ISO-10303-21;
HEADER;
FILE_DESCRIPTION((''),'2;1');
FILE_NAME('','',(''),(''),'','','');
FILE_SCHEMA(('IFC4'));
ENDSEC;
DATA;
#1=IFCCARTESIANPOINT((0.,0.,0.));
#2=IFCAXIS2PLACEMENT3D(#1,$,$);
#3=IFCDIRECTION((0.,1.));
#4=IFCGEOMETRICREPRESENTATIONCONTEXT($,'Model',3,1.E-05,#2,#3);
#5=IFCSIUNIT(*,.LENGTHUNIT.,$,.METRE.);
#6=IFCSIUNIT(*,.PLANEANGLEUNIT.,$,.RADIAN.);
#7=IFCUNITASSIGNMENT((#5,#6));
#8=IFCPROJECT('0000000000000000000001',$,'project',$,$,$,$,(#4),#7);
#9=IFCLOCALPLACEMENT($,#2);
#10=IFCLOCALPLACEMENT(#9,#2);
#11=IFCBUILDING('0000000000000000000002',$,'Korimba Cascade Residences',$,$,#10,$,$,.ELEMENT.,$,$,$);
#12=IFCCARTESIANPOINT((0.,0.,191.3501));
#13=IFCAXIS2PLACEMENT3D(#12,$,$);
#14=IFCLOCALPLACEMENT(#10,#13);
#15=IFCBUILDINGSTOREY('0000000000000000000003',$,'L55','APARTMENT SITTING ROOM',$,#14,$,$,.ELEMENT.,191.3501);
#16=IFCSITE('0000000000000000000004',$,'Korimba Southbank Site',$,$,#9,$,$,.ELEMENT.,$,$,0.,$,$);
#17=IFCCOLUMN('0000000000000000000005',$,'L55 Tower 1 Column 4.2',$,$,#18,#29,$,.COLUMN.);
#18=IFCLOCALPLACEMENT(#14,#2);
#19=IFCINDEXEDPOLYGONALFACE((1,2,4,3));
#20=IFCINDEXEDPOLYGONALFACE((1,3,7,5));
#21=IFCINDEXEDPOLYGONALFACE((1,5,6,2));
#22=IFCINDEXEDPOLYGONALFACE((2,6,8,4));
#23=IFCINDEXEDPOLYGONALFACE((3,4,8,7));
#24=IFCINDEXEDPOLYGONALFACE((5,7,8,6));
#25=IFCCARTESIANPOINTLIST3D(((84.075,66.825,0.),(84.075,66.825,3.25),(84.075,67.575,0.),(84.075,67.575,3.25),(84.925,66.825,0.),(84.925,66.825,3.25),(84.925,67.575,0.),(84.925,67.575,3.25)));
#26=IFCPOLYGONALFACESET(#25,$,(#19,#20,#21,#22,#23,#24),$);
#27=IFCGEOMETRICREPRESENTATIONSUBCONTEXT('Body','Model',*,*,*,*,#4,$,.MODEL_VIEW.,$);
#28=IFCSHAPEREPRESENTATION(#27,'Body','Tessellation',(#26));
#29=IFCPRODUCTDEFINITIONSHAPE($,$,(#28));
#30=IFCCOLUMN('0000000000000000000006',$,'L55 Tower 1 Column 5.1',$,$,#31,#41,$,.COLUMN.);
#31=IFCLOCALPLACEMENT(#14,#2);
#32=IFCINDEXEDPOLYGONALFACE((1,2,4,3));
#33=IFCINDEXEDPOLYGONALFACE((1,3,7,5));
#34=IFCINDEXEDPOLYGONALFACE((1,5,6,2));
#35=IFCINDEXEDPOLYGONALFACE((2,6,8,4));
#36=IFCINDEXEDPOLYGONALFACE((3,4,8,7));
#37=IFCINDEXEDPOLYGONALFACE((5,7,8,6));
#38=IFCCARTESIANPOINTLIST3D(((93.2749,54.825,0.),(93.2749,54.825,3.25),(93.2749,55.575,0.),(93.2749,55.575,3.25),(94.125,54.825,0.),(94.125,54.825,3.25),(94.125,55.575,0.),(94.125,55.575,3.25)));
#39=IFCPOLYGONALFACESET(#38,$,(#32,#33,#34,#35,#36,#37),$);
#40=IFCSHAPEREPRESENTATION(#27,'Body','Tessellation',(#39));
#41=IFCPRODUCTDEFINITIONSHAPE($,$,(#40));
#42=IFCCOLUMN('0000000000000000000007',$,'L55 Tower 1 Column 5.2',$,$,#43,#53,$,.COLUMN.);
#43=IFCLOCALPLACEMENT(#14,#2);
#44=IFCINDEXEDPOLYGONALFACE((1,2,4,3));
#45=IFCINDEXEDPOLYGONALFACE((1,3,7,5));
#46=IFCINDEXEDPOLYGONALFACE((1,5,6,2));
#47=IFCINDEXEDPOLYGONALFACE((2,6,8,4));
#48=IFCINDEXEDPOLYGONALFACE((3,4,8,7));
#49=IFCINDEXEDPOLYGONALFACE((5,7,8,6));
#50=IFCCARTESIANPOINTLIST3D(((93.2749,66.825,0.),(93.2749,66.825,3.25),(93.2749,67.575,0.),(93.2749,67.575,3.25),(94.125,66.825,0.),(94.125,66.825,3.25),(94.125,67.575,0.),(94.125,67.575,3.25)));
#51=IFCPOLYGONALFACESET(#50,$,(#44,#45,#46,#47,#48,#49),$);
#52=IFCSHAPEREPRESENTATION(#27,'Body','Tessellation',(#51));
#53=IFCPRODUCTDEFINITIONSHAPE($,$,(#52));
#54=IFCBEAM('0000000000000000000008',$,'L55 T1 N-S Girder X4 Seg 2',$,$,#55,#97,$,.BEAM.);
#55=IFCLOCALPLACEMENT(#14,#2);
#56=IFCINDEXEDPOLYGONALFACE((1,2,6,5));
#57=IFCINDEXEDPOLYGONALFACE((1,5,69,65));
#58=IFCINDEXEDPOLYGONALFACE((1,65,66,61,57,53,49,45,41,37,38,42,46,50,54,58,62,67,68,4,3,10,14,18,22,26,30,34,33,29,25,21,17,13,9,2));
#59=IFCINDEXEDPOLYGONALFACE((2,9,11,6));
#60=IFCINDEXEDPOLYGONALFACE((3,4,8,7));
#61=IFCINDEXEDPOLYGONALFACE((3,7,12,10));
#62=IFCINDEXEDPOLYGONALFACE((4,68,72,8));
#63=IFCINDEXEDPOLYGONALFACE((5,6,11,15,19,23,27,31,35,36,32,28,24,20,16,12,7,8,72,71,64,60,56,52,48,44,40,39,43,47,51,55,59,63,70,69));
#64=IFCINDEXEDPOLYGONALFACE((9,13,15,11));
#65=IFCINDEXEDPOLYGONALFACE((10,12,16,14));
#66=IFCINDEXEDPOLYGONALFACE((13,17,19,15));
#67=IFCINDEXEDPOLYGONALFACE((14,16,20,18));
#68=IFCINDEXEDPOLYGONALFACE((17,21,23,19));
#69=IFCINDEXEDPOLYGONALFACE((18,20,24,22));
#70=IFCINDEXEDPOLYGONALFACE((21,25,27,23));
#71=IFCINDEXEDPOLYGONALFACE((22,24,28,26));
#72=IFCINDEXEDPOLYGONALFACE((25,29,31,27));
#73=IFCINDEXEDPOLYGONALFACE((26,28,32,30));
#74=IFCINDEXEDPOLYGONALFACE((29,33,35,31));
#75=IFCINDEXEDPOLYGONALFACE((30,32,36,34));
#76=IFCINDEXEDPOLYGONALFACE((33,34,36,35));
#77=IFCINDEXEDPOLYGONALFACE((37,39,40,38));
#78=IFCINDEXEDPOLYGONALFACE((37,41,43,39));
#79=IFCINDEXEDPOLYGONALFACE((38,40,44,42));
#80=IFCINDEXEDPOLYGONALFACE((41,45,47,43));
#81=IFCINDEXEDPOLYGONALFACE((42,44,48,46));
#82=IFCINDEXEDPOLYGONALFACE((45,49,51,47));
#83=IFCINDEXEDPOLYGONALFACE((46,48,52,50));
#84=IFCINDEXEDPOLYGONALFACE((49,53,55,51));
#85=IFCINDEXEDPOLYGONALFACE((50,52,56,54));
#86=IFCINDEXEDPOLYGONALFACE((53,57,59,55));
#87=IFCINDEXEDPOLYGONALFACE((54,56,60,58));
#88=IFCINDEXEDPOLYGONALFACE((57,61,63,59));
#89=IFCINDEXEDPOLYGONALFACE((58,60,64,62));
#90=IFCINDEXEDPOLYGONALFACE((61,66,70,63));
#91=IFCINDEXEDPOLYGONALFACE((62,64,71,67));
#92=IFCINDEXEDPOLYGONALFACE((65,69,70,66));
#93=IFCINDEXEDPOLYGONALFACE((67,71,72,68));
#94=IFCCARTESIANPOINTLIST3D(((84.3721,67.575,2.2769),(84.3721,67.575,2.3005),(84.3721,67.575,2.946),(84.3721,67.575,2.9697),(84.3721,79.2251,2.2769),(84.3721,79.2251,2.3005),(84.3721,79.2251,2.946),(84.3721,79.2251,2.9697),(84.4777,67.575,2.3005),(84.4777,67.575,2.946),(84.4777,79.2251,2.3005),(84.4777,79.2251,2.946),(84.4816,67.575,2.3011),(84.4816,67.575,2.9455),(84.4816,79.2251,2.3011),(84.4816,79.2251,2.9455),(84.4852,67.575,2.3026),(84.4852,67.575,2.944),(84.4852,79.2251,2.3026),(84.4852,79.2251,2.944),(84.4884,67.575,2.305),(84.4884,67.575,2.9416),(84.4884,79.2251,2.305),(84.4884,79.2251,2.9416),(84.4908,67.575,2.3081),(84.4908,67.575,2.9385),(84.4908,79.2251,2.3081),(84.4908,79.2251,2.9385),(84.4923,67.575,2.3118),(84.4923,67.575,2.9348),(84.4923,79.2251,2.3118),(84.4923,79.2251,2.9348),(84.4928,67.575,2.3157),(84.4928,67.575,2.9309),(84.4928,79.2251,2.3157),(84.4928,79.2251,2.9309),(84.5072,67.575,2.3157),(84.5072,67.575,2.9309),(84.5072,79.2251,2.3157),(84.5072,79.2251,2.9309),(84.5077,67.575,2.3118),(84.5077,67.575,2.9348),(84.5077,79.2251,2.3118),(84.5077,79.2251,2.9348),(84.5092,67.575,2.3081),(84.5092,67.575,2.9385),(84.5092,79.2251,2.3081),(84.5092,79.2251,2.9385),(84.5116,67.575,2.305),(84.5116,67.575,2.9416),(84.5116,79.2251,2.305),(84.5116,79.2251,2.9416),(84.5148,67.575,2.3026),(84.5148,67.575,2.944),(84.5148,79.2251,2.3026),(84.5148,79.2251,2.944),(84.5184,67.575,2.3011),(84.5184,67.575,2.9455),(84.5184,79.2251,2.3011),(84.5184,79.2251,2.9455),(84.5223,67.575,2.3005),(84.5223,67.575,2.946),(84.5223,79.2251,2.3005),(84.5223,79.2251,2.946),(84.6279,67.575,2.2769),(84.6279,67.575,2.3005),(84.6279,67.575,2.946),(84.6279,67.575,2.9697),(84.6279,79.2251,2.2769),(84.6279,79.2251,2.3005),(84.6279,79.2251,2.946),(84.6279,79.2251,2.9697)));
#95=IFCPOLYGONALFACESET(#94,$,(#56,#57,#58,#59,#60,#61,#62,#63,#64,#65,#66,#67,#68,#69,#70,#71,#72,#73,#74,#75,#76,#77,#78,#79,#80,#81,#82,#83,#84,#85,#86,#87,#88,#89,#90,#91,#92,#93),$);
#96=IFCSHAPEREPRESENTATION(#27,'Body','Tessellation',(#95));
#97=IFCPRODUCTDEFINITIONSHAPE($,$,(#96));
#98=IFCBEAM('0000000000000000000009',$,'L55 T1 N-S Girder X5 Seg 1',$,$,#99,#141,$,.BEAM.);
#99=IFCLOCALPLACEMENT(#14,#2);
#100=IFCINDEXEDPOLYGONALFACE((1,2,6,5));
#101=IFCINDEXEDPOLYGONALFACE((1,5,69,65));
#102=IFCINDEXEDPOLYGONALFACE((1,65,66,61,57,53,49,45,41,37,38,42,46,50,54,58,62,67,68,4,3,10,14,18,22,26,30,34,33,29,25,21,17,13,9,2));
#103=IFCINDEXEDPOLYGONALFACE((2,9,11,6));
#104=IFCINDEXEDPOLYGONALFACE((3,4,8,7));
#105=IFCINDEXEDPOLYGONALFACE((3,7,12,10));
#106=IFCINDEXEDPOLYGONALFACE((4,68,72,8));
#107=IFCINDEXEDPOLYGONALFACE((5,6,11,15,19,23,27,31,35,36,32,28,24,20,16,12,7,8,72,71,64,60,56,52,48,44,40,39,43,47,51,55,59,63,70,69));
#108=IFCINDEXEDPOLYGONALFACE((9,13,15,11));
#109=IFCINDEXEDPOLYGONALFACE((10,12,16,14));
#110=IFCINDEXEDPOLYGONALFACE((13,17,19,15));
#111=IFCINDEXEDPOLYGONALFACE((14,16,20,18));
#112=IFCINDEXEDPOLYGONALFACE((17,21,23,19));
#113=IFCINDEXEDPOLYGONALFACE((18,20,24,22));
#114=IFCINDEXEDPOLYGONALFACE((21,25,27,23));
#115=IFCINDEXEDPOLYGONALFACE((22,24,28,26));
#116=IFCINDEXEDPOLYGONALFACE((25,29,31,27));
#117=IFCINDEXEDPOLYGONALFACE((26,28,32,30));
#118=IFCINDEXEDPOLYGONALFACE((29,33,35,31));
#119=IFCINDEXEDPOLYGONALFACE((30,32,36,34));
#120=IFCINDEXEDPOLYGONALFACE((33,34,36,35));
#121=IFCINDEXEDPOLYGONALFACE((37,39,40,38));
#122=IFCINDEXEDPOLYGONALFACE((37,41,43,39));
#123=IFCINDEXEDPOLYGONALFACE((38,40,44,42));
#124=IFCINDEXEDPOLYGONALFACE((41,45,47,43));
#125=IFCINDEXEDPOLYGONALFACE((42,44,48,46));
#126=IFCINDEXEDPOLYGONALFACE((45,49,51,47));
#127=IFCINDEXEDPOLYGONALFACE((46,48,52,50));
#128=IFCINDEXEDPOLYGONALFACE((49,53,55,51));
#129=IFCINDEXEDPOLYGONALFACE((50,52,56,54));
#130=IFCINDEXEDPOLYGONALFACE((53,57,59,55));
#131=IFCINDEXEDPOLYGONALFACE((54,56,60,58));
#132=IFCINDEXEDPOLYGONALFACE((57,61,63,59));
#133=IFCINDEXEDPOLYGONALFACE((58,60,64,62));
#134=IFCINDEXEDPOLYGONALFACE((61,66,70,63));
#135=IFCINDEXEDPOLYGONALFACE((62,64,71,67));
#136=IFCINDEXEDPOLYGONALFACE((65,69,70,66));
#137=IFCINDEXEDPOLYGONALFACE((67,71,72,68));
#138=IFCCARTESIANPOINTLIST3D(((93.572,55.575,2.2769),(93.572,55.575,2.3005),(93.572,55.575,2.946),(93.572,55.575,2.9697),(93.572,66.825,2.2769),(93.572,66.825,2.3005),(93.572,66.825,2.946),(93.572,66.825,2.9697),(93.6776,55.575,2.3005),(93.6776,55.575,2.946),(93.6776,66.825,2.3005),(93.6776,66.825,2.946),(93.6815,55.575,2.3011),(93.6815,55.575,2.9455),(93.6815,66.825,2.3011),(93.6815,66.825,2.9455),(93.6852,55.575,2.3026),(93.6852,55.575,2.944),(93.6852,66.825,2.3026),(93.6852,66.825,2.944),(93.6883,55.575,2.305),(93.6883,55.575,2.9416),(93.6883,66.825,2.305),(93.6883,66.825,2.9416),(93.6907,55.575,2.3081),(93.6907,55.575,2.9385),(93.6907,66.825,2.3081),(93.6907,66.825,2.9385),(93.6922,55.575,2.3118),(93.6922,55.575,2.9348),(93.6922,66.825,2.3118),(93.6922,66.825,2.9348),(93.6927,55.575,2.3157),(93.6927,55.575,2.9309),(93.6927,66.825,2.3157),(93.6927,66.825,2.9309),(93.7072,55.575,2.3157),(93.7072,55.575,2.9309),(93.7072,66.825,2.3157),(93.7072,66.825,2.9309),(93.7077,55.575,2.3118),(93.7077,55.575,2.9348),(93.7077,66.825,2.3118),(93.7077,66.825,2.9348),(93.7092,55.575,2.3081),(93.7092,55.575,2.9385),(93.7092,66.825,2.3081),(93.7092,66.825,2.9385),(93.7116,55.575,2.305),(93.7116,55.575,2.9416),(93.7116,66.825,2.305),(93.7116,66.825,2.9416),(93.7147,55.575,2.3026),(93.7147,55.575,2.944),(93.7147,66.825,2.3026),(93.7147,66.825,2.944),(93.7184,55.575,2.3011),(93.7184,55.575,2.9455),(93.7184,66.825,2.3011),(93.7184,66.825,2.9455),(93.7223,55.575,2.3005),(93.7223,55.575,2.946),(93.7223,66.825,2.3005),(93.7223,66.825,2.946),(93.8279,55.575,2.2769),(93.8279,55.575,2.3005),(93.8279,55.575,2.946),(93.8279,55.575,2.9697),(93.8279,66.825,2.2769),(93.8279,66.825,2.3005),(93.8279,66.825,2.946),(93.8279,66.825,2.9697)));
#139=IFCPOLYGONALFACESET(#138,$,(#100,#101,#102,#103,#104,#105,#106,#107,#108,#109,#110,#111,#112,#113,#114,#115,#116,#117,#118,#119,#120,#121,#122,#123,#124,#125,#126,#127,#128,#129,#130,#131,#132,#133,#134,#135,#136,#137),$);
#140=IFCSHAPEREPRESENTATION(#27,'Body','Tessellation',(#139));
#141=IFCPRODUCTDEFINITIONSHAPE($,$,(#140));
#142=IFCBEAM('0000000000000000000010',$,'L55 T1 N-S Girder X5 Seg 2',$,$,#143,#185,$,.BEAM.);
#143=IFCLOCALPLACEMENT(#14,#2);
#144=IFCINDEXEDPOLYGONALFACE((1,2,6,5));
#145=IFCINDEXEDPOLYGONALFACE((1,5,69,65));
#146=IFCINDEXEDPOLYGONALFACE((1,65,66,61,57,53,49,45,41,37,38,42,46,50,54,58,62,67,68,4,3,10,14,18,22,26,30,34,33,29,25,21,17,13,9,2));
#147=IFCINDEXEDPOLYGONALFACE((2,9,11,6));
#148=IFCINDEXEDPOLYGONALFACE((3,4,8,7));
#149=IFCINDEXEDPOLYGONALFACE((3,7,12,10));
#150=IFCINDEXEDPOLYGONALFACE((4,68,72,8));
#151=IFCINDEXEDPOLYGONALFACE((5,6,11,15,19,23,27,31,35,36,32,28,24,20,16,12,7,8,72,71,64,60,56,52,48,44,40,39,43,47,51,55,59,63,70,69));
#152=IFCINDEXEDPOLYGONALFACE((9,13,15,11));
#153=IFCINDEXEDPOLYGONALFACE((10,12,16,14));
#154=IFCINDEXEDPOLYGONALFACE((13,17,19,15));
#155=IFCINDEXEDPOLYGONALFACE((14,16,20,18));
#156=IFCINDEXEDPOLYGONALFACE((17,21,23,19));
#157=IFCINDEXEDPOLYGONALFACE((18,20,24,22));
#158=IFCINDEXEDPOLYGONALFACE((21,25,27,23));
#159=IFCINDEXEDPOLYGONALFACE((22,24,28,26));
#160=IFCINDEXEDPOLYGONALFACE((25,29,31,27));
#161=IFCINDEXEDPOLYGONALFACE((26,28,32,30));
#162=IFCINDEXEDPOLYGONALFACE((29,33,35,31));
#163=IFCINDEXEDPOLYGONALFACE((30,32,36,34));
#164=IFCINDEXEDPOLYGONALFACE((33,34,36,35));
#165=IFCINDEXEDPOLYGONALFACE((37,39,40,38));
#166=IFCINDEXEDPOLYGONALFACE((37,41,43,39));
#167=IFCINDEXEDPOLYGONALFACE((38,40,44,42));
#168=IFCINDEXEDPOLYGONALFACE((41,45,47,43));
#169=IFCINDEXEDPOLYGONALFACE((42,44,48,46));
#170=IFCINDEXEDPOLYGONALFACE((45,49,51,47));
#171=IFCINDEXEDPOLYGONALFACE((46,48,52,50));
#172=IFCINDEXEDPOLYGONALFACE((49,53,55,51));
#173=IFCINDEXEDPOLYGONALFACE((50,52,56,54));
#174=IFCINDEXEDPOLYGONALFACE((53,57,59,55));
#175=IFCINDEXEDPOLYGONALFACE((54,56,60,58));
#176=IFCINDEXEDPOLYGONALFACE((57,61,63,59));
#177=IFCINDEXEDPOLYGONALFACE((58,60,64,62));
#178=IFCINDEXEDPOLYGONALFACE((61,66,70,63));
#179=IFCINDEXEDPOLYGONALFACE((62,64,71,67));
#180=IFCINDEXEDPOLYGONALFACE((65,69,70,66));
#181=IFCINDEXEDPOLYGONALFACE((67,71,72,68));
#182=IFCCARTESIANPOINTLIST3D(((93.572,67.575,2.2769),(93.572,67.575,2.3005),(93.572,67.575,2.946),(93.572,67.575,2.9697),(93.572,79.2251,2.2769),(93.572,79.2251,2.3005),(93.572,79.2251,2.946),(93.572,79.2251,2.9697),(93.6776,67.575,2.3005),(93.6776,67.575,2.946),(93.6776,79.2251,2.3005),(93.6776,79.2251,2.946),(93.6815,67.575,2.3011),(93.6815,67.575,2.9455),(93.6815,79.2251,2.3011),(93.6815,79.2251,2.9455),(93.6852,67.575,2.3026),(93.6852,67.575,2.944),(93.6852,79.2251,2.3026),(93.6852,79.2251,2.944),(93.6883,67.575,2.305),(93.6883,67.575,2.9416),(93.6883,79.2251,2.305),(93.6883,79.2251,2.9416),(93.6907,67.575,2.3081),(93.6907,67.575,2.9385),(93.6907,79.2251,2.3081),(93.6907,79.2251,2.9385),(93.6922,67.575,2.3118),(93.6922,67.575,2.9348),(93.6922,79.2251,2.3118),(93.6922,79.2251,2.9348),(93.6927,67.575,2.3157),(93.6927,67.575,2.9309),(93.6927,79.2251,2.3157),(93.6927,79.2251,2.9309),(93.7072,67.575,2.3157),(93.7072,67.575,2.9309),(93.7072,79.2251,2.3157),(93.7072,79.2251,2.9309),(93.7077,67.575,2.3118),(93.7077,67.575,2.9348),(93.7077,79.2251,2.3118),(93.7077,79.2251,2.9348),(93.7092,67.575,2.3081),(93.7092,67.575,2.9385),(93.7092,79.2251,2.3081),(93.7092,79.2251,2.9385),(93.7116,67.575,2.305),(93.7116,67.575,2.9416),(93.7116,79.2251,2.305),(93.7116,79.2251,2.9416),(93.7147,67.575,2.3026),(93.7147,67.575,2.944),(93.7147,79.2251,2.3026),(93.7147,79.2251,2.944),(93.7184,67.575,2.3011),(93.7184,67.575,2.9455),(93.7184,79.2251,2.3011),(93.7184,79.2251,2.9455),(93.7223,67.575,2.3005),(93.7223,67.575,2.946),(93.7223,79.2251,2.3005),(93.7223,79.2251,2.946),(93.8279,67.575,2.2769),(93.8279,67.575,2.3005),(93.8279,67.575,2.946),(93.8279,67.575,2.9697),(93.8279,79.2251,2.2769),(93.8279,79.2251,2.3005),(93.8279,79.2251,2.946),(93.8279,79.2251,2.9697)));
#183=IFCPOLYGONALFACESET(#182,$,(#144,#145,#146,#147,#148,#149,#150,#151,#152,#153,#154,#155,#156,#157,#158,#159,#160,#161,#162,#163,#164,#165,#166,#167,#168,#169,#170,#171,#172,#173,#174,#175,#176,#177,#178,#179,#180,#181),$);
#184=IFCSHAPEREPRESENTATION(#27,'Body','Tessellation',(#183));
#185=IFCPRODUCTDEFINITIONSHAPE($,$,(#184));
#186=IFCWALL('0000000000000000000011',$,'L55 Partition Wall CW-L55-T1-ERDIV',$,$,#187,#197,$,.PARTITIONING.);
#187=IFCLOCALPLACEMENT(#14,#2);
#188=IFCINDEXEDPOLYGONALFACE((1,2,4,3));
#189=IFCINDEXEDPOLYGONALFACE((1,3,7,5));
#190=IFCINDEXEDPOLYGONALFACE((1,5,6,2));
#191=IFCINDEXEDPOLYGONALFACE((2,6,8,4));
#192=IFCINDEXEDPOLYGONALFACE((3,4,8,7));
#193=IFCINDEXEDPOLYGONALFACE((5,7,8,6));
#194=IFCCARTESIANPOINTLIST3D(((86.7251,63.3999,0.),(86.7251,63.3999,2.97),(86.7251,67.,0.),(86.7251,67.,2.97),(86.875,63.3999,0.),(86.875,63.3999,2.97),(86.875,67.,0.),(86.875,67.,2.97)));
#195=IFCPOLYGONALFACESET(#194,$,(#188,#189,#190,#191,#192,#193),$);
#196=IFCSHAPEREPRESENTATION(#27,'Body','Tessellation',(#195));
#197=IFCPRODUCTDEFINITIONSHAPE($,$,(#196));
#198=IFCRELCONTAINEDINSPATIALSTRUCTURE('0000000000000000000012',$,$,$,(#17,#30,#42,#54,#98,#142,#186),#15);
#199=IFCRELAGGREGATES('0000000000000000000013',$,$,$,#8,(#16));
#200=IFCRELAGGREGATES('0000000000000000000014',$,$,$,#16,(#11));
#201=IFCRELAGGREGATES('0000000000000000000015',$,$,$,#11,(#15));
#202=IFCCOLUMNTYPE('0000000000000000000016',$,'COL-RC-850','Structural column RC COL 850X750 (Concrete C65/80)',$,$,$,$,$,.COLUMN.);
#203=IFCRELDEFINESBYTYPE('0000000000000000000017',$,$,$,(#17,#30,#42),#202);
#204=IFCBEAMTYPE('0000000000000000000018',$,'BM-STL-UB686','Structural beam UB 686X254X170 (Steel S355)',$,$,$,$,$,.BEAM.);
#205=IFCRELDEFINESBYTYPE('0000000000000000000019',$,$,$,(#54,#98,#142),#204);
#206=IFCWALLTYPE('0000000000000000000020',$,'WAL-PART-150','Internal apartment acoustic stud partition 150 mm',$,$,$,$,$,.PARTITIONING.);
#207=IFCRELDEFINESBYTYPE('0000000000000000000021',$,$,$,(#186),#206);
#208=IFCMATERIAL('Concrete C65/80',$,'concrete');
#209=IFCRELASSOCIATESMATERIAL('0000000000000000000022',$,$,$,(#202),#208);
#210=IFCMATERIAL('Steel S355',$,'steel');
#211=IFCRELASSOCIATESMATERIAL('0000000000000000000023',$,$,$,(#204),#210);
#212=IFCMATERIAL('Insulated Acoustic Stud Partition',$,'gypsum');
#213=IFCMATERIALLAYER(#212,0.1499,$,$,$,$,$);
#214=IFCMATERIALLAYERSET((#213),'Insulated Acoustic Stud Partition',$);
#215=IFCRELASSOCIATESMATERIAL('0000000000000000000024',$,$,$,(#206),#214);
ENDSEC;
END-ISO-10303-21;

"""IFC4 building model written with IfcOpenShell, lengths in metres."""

from ifc_helpers import new_model, si_unit, direction, frame, frame_2d, origin, origin_2d, place, context, subcontext, project, spatial, rectangle, i_section, extrude, material, layer, layer_set, material_profile, profile_set, type_object, element, save


model = new_model("IFC4")

# Units and contexts
model_context = context("Model", 3, precision=1e-05, world=origin(), true_north=direction((0.0, 1.0)))
body_context = subcontext(model_context, "Body", "Model", "MODEL_VIEW")
ifc_project = project(units=[si_unit("LENGTHUNIT", "METRE"), si_unit("PLANEANGLEUNIT", "RADIAN")], contexts=[model_context])

# Site, building, storey
site_placement = place(None, origin())
site = spatial("IfcSite", under=ifc_project, at=site_placement, Name="Korimba Southbank Site", CompositionType="ELEMENT", RefElevation=0.0)
building_placement = place(site_placement, origin())
building = spatial("IfcBuilding", under=site, at=building_placement, Name="Korimba Cascade Residences", CompositionType="ELEMENT")
storey_placement = place(building_placement, frame((0.0, 0.0, 191.3501)))
storey = spatial("IfcBuildingStorey", under=building, at=storey_placement, Name="L55", Description="APARTMENT SITTING ROOM", CompositionType="ELEMENT", Elevation=191.3501)

# Columns
ifc_material_1 = material(Name="Concrete C65/80", Category="concrete")
ifc_material_profile_1 = material_profile(ifc_material_1, rectangle(XDim=0.8501, YDim=0.75, at=origin_2d()), Name="Concrete C65/80")
ifc_profile_set_1 = profile_set([ifc_material_profile_1], Name="Concrete C65/80")
column_type = type_object("IfcColumnType", Name="COL-RC-850", Description="Structural column RC COL 850X750 (Concrete C65/80)", PredefinedType="COLUMN", material=ifc_profile_set_1)
for number, where, z_axis, x_axis, name in (
    (1, (84.5, 67.2, 0.0), (0.0, 0.0, 1.0), (1.0, 0.0, 0.0), "L55 Tower 1 Column 4.2"),
    (2, (93.7, 55.2, 0.0), (0.0, 0.0, 1.0), (1.0, 0.0, 0.0), "L55 Tower 1 Column 5.1"),
    (3, (93.7, 67.2, 0.0), (0.0, 0.0, 1.0), (1.0, 0.0, 0.0), "L55 Tower 1 Column 5.2"),
):
    element("IfcColumn", number, at=place(storey_placement, frame(where, z_axis=z_axis, x_axis=x_axis)), inside=storey, type_object=column_type, Name=name, PredefinedType="COLUMN", context=body_context, shape_type="SweptSolid", body=[
        extrude(rectangle(XDim=0.8501, YDim=0.75, at=origin_2d()), origin(), (0.0, 0.0, 1.0), 3.25),
    ])

# Beams
ifc_material_2 = material(Name="Steel S355", Category="steel")
ifc_material_profile_2 = material_profile(ifc_material_2, i_section(OverallWidth=0.2559, OverallDepth=0.6929, WebThickness=0.0144, FlangeThickness=0.0237, FilletRadius=0.0151, at=origin_2d()), Name="Steel S355")
ifc_profile_set_2 = profile_set([ifc_material_profile_2], Name="Steel S355")
beam_type = type_object("IfcBeamType", Name="BM-STL-UB686", Description="Structural beam UB 686X254X170 (Steel S355)", PredefinedType="BEAM", material=ifc_profile_set_2)
beam_1_placement = place(storey_placement, frame((84.5, 67.575, 2.6233), z_axis=(0.0, 1.0, 0.0), x_axis=(-1.0, 0.0, 0.0)))
element("IfcBeam", 4, at=beam_1_placement, inside=storey, type_object=beam_type, Name="L55 T1 N-S Girder X4 Seg 2", PredefinedType="BEAM", context=body_context, shape_type="SweptSolid", body=[
    extrude(i_section(OverallWidth=0.2559, OverallDepth=0.6929, WebThickness=0.0144, FlangeThickness=0.0237, FilletRadius=0.0151, at=origin_2d()), origin(), (0.0, 0.0, 1.0), 11.6501),
])
beam_2_placement = place(storey_placement, frame((93.7, 55.575, 2.6233), z_axis=(0.0, 1.0, 0.0), x_axis=(-1.0, 0.0, 0.0)))
element("IfcBeam", 5, at=beam_2_placement, inside=storey, type_object=beam_type, Name="L55 T1 N-S Girder X5 Seg 1", PredefinedType="BEAM", context=body_context, shape_type="SweptSolid", body=[
    extrude(i_section(OverallWidth=0.2559, OverallDepth=0.6929, WebThickness=0.0144, FlangeThickness=0.0237, FilletRadius=0.0151, at=origin_2d()), origin(), (0.0, 0.0, 1.0), 11.25),
])
beam_3_placement = place(storey_placement, frame((93.7, 67.575, 2.6233), z_axis=(0.0, 1.0, 0.0), x_axis=(-1.0, 0.0, 0.0)))
element("IfcBeam", 6, at=beam_3_placement, inside=storey, type_object=beam_type, Name="L55 T1 N-S Girder X5 Seg 2", PredefinedType="BEAM", context=body_context, shape_type="SweptSolid", body=[
    extrude(i_section(OverallWidth=0.2559, OverallDepth=0.6929, WebThickness=0.0144, FlangeThickness=0.0237, FilletRadius=0.0151, at=origin_2d()), origin(), (0.0, 0.0, 1.0), 11.6501),
])

# Wall
ifc_material_3 = material(Name="Insulated Acoustic Stud Partition", Category="gypsum")
ifc_layer_1 = layer(ifc_material_3, 0.1499)
ifc_layer_set_1 = layer_set([ifc_layer_1], Name="Insulated Acoustic Stud Partition")
wall_type_1 = type_object("IfcWallType", Name="WAL-PART-150", Description="Internal apartment acoustic stud partition 150 mm", PredefinedType="PARTITIONING", material=ifc_layer_set_1)
for number, where, z_axis, x_axis, name in (
    (7, (86.8, 63.3999, 0.0), (0.0, 0.0, 1.0), (0.0, 1.0, 0.0), "L55 Partition Wall CW-L55-T1-ERDIV"),
):
    element("IfcWall", number, at=place(storey_placement, frame(where, z_axis=z_axis, x_axis=x_axis)), inside=storey, type_object=wall_type_1, Name=name, PredefinedType="PARTITIONING", context=body_context, shape_type="SweptSolid", body=[
        extrude(rectangle(XDim=3.6001, YDim=0.1499, at=frame_2d((1.8, 0.0))), origin(), (0.0, 0.0, 1.0), 2.97),
    ])

save(model, "model.ifc")
